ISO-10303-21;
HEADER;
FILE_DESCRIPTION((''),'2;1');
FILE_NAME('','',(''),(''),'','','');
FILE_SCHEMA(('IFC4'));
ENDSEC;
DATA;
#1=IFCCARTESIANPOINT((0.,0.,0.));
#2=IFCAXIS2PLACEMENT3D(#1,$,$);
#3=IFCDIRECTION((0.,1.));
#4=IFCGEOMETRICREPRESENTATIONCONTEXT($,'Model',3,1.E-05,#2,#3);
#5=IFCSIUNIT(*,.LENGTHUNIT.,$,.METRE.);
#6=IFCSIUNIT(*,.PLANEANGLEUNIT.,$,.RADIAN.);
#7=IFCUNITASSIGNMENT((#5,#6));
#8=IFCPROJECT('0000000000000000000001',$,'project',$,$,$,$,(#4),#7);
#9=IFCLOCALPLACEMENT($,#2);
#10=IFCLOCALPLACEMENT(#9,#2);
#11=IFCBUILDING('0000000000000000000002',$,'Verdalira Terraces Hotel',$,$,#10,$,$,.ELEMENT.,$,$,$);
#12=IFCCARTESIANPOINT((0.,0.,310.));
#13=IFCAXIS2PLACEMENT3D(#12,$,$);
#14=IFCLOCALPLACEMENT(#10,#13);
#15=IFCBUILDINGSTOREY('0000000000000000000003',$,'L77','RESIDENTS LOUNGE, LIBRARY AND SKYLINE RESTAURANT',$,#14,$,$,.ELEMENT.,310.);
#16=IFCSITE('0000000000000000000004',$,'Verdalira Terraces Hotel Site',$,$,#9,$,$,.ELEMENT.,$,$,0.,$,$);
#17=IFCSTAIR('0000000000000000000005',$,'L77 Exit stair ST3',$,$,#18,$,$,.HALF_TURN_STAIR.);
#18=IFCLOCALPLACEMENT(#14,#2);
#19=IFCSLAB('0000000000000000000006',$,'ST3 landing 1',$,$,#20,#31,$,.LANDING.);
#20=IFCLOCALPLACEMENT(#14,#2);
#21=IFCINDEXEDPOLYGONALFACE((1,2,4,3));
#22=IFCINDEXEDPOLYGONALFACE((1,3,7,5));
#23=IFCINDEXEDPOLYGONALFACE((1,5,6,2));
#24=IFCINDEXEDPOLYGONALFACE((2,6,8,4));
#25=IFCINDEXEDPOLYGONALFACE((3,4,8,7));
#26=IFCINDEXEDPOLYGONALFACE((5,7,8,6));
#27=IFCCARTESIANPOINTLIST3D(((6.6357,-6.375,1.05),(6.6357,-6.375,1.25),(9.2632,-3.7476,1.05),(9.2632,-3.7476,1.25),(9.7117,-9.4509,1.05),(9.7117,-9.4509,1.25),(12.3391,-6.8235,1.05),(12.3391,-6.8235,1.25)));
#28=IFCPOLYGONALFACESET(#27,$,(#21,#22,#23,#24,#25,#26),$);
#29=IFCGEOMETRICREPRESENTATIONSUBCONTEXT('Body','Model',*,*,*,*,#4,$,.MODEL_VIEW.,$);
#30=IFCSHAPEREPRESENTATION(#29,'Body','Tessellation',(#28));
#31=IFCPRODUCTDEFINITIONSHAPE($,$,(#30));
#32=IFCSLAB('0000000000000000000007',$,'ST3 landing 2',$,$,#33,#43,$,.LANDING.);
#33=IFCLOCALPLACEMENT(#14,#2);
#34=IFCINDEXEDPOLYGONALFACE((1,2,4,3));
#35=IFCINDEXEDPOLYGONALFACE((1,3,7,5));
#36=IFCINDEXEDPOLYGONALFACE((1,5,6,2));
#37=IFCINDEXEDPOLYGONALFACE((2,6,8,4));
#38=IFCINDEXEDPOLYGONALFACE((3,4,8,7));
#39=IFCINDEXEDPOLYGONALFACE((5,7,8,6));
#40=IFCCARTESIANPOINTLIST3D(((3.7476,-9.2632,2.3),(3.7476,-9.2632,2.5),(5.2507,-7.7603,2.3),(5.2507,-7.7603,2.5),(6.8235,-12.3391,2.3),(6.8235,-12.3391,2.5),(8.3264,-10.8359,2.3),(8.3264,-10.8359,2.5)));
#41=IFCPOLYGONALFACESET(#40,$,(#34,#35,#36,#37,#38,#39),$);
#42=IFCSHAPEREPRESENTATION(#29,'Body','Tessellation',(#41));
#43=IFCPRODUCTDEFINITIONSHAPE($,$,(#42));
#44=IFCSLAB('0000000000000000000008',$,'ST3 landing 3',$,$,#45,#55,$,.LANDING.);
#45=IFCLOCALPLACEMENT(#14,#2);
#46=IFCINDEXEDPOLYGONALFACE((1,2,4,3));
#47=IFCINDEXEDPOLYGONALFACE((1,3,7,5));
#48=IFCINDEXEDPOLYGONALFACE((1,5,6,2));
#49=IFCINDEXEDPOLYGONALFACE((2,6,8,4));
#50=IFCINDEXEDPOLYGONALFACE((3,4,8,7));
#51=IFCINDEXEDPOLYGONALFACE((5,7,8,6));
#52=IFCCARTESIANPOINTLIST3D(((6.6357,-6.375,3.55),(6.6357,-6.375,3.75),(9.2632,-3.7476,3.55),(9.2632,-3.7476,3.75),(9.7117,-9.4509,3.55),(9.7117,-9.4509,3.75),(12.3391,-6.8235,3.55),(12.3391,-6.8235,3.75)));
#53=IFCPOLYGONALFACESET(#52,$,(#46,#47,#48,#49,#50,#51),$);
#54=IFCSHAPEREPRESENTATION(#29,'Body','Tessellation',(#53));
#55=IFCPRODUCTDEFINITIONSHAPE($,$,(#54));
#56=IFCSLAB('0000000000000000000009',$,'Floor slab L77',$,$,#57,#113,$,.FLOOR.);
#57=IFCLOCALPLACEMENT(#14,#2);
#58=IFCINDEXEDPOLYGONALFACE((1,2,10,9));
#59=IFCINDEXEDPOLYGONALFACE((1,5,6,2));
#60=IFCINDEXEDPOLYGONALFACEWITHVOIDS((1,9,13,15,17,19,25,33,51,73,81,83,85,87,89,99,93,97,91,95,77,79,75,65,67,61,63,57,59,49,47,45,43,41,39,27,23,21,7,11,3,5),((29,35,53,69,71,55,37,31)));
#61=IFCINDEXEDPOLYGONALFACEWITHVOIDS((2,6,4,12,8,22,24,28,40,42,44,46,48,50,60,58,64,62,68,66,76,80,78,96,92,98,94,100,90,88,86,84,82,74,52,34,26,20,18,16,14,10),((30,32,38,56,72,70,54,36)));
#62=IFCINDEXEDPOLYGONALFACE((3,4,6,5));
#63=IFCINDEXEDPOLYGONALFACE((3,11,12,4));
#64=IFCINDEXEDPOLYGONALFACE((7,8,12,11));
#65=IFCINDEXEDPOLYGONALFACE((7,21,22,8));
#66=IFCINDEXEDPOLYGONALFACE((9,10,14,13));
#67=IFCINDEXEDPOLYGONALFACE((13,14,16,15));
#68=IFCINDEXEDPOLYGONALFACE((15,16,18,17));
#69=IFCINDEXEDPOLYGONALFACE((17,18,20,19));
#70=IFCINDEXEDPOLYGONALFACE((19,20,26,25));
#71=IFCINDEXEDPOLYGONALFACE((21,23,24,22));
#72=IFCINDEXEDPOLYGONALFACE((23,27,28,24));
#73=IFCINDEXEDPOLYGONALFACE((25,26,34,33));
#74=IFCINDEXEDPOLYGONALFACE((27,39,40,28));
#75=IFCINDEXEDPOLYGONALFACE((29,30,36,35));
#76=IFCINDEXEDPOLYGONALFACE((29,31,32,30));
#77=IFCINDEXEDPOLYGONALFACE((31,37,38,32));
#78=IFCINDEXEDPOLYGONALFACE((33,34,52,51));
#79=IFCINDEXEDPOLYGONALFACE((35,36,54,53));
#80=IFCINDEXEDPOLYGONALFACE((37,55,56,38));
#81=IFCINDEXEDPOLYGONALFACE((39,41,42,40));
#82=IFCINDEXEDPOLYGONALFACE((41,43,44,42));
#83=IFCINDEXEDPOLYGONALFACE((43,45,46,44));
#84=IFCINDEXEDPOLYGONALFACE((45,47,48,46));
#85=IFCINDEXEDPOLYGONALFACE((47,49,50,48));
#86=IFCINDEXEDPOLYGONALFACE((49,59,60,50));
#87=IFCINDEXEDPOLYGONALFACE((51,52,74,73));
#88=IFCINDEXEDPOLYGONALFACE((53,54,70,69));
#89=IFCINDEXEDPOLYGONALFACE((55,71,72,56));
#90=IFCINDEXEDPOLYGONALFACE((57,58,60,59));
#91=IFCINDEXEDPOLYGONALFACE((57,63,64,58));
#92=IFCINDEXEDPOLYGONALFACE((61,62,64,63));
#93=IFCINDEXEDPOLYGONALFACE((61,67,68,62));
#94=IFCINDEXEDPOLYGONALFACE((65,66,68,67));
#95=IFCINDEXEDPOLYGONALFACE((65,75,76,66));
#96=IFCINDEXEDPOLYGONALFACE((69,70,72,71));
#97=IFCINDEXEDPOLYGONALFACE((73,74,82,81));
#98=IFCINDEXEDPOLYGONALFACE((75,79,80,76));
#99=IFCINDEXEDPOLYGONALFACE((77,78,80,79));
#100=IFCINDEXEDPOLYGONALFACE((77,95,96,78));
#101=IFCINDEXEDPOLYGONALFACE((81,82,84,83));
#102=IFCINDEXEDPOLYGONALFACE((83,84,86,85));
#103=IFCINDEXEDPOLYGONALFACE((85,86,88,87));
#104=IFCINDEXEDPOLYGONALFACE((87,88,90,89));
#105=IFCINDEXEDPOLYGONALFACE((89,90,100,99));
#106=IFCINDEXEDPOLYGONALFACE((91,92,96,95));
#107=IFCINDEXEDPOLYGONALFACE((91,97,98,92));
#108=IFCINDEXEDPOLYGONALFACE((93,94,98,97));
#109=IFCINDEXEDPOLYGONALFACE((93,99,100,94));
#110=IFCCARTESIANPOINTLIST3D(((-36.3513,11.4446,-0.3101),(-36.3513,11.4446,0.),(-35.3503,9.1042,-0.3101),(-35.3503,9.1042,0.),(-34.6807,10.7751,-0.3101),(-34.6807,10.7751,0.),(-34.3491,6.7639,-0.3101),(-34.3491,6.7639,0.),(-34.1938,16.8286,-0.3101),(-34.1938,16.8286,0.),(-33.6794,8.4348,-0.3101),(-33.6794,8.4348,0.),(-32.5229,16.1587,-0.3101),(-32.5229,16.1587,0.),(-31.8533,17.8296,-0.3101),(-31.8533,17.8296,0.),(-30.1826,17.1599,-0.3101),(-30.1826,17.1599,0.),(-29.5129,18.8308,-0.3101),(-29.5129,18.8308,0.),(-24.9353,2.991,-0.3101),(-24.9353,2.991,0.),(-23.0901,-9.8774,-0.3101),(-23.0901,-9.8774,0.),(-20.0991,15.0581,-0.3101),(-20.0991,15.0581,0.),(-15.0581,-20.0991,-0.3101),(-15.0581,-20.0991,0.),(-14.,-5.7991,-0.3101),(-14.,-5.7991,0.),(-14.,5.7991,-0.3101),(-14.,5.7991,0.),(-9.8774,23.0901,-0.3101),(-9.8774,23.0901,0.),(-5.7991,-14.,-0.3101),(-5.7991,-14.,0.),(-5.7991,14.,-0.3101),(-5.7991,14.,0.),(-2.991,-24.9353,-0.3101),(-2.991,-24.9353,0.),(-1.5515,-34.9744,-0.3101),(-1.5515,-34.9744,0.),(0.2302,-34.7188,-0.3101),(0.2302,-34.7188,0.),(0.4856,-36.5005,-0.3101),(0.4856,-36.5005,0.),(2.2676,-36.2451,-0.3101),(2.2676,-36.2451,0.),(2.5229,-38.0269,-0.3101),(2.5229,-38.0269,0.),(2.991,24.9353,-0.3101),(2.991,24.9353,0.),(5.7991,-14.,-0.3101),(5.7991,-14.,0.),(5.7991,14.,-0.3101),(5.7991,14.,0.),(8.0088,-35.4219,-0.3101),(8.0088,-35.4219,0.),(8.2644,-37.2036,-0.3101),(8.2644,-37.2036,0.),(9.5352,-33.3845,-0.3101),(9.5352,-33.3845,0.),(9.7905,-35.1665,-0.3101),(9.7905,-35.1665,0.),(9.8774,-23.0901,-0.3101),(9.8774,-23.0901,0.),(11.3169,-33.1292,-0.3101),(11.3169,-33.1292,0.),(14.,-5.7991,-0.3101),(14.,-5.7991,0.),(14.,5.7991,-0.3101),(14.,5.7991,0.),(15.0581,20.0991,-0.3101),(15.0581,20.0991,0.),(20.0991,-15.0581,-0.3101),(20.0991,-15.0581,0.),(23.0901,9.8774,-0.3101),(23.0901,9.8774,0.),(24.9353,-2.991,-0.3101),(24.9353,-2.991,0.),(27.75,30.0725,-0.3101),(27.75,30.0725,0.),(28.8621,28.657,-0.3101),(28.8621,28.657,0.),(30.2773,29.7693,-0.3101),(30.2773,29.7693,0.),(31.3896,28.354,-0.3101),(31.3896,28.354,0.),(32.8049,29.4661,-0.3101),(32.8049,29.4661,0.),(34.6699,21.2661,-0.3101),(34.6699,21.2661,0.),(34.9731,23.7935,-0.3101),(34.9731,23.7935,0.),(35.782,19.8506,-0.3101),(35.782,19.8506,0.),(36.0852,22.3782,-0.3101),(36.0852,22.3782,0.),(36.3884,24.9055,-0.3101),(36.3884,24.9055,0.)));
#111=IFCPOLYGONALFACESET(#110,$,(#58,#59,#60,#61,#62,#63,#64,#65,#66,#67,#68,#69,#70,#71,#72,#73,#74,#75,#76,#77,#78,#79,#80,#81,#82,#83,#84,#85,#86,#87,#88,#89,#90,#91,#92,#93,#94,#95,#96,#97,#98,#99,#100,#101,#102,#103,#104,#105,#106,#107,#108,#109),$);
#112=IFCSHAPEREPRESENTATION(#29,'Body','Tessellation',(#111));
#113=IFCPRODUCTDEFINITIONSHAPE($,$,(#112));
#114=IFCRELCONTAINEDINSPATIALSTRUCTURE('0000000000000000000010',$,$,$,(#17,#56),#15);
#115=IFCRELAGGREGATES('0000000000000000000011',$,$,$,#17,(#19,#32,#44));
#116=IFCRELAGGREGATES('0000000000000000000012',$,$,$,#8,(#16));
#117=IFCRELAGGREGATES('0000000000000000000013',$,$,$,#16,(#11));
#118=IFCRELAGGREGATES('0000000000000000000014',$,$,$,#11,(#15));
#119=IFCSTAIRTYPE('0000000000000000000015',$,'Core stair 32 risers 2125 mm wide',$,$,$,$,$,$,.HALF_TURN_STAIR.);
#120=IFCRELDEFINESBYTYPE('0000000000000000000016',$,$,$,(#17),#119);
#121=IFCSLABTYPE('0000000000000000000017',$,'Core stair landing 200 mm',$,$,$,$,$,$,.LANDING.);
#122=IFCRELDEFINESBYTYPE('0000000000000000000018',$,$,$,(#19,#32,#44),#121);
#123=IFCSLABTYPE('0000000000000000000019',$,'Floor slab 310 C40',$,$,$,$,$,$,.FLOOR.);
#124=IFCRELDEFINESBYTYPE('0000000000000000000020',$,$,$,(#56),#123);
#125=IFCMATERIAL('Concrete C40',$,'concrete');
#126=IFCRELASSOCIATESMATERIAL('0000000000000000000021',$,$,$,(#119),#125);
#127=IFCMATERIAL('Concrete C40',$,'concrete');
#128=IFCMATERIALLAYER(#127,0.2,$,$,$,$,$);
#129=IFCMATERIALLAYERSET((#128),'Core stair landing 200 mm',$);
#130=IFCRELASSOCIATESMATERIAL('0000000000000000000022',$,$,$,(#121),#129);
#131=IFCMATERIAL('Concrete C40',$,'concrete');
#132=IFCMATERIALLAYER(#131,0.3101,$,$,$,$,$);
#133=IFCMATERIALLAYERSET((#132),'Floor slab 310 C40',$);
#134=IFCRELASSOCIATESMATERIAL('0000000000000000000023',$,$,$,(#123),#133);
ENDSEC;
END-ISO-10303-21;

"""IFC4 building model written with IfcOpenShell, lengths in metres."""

from ifc_helpers import new_model, si_unit, direction, frame, origin, place, context, subcontext, project, spatial, polyline, outline, extrude, material, layer, layer_set, type_object, element, aggregate, save


model = new_model("IFC4")

# Units and contexts
model_context = context("Model", 3, precision=1e-05, world=origin(), true_north=direction((0.0, 1.0)))
body_context = subcontext(model_context, "Body", "Model", "MODEL_VIEW")
ifc_project = project(units=[si_unit("LENGTHUNIT", "METRE"), si_unit("PLANEANGLEUNIT", "RADIAN")], contexts=[model_context])

# Site, building, storey
site_placement = place(None, origin())
site = spatial("IfcSite", under=ifc_project, at=site_placement, Name="Verdalira Terraces Hotel Site", CompositionType="ELEMENT", RefElevation=0.0)
building_placement = place(site_placement, origin())
building = spatial("IfcBuilding", under=site, at=building_placement, Name="Verdalira Terraces Hotel", CompositionType="ELEMENT")
storey_placement = place(building_placement, frame((0.0, 0.0, 310.0)))
storey = spatial("IfcBuildingStorey", under=building, at=storey_placement, Name="L77", Description="RESIDENTS LOUNGE, LIBRARY AND SKYLINE RESTAURANT", CompositionType="ELEMENT", Elevation=310.0)

# Stair, slabs
ifc_material_1 = material(Name="Concrete C40", Category="concrete")
stair_type = type_object("IfcStairType", Name="Core stair 32 risers 2125 mm wide", PredefinedType="HALF_TURN_STAIR", material=ifc_material_1)
ifc_material_2 = material(Name="Concrete C40", Category="concrete")
ifc_layer_1 = layer(ifc_material_2, 0.2)
ifc_layer_set_1 = layer_set([ifc_layer_1], Name="Core stair landing 200 mm")
slab_type_1 = type_object("IfcSlabType", Name="Core stair landing 200 mm", PredefinedType="LANDING", material=ifc_layer_set_1)
stair_1_placement = place(storey_placement, origin())
stair_1 = element("IfcStair", 1, at=stair_1_placement, inside=storey, type_object=stair_type, Name="L77 Exit stair ST3", PredefinedType="HALF_TURN_STAIR")
slab_1_placement = place(storey_placement, frame((0.0, 0.0, 1.05)))
slab_1 = element("IfcSlab", 2, at=slab_1_placement, type_object=slab_type_1, Name="ST3 landing 1", PredefinedType="LANDING", context=body_context, shape_type="SweptSolid", body=[
    extrude(outline(polyline([(9.7117, -9.4509), (12.3391, -6.8235), (9.2632, -3.7476), (6.6357, -6.375), (9.7117, -9.4509)])), origin(), (0.0, 0.0, 1.0), 0.2),
])
slab_2_placement = place(storey_placement, frame((0.0, 0.0, 2.3)))
slab_2 = element("IfcSlab", 3, at=slab_2_placement, type_object=slab_type_1, Name="ST3 landing 2", PredefinedType="LANDING", context=body_context, shape_type="SweptSolid", body=[
    extrude(outline(polyline([(6.8235, -12.3391), (8.3264, -10.8359), (5.2507, -7.7603), (3.7476, -9.2632), (6.8235, -12.3391)])), origin(), (0.0, 0.0, 1.0), 0.2),
])
slab_3_placement = place(storey_placement, frame((0.0, 0.0, 3.55)))
slab_3 = element("IfcSlab", 4, at=slab_3_placement, type_object=slab_type_1, Name="ST3 landing 3", PredefinedType="LANDING", context=body_context, shape_type="SweptSolid", body=[
    extrude(outline(polyline([(9.7117, -9.4509), (12.3391, -6.8235), (9.2632, -3.7476), (6.6357, -6.375), (9.7117, -9.4509)])), origin(), (0.0, 0.0, 1.0), 0.2),
])
aggregate(stair_1, [slab_1, slab_2, slab_3])

# Slab
ifc_material_3 = material(Name="Concrete C40", Category="concrete")
ifc_layer_2 = layer(ifc_material_3, 0.3101)
ifc_layer_set_2 = layer_set([ifc_layer_2], Name="Floor slab 310 C40")
slab_type_2 = type_object("IfcSlabType", Name="Floor slab 310 C40", PredefinedType="FLOOR", material=ifc_layer_set_2)
slab_4_placement = place(storey_placement, frame((0.0, 0.0, -0.3101)))
element("IfcSlab", 5, at=slab_4_placement, inside=storey, type_object=slab_type_2, Name="Floor slab L77", PredefinedType="FLOOR", context=body_context, shape_type="SweptSolid", body=[
    extrude(outline(polyline([(-9.8774, 23.0901), (-20.0991, 15.0581), (-29.5129, 18.8308), (-30.1826, 17.1599), (-31.8533, 17.8296), (-32.5229, 16.1587), (-34.1938, 16.8286), (-36.3513, 11.4446), (-34.6807, 10.7751), (-35.3503, 9.1042), (-33.6794, 8.4348), (-34.3491, 6.7639), (-24.9353, 2.991), (-23.0901, -9.8774), (-15.0581, -20.0991), (-2.991, -24.9353), (-1.5515, -34.9744), (0.2302, -34.7188), (0.4856, -36.5005), (2.2676, -36.2451), (2.5229, -38.0269), (8.2644, -37.2036), (8.0088, -35.4219), (9.7905, -35.1665), (9.5352, -33.3845), (11.3169, -33.1292), (9.8774, -23.0901), (20.0991, -15.0581), (24.9353, -2.991), (23.0901, 9.8774), (35.782, 19.8506), (34.6699, 21.2661), (36.0852, 22.3782), (34.9731, 23.7935), (36.3884, 24.9055), (32.8049, 29.4661), (31.3896, 28.354), (30.2773, 29.7693), (28.8621, 28.657), (27.75, 30.0725), (15.0581, 20.0991), (2.991, 24.9353), (-9.8774, 23.0901)]), holes=[polyline([(5.7991, 14.0), (14.0, 5.7991), (14.0, -5.7991), (5.7991, -14.0), (-5.7991, -14.0), (-14.0, -5.7991), (-14.0, 5.7991), (-5.7991, 14.0), (5.7991, 14.0)])]), origin(), (0.0, 0.0, 1.0), 0.3101),
])

save(model, "model.ifc")
